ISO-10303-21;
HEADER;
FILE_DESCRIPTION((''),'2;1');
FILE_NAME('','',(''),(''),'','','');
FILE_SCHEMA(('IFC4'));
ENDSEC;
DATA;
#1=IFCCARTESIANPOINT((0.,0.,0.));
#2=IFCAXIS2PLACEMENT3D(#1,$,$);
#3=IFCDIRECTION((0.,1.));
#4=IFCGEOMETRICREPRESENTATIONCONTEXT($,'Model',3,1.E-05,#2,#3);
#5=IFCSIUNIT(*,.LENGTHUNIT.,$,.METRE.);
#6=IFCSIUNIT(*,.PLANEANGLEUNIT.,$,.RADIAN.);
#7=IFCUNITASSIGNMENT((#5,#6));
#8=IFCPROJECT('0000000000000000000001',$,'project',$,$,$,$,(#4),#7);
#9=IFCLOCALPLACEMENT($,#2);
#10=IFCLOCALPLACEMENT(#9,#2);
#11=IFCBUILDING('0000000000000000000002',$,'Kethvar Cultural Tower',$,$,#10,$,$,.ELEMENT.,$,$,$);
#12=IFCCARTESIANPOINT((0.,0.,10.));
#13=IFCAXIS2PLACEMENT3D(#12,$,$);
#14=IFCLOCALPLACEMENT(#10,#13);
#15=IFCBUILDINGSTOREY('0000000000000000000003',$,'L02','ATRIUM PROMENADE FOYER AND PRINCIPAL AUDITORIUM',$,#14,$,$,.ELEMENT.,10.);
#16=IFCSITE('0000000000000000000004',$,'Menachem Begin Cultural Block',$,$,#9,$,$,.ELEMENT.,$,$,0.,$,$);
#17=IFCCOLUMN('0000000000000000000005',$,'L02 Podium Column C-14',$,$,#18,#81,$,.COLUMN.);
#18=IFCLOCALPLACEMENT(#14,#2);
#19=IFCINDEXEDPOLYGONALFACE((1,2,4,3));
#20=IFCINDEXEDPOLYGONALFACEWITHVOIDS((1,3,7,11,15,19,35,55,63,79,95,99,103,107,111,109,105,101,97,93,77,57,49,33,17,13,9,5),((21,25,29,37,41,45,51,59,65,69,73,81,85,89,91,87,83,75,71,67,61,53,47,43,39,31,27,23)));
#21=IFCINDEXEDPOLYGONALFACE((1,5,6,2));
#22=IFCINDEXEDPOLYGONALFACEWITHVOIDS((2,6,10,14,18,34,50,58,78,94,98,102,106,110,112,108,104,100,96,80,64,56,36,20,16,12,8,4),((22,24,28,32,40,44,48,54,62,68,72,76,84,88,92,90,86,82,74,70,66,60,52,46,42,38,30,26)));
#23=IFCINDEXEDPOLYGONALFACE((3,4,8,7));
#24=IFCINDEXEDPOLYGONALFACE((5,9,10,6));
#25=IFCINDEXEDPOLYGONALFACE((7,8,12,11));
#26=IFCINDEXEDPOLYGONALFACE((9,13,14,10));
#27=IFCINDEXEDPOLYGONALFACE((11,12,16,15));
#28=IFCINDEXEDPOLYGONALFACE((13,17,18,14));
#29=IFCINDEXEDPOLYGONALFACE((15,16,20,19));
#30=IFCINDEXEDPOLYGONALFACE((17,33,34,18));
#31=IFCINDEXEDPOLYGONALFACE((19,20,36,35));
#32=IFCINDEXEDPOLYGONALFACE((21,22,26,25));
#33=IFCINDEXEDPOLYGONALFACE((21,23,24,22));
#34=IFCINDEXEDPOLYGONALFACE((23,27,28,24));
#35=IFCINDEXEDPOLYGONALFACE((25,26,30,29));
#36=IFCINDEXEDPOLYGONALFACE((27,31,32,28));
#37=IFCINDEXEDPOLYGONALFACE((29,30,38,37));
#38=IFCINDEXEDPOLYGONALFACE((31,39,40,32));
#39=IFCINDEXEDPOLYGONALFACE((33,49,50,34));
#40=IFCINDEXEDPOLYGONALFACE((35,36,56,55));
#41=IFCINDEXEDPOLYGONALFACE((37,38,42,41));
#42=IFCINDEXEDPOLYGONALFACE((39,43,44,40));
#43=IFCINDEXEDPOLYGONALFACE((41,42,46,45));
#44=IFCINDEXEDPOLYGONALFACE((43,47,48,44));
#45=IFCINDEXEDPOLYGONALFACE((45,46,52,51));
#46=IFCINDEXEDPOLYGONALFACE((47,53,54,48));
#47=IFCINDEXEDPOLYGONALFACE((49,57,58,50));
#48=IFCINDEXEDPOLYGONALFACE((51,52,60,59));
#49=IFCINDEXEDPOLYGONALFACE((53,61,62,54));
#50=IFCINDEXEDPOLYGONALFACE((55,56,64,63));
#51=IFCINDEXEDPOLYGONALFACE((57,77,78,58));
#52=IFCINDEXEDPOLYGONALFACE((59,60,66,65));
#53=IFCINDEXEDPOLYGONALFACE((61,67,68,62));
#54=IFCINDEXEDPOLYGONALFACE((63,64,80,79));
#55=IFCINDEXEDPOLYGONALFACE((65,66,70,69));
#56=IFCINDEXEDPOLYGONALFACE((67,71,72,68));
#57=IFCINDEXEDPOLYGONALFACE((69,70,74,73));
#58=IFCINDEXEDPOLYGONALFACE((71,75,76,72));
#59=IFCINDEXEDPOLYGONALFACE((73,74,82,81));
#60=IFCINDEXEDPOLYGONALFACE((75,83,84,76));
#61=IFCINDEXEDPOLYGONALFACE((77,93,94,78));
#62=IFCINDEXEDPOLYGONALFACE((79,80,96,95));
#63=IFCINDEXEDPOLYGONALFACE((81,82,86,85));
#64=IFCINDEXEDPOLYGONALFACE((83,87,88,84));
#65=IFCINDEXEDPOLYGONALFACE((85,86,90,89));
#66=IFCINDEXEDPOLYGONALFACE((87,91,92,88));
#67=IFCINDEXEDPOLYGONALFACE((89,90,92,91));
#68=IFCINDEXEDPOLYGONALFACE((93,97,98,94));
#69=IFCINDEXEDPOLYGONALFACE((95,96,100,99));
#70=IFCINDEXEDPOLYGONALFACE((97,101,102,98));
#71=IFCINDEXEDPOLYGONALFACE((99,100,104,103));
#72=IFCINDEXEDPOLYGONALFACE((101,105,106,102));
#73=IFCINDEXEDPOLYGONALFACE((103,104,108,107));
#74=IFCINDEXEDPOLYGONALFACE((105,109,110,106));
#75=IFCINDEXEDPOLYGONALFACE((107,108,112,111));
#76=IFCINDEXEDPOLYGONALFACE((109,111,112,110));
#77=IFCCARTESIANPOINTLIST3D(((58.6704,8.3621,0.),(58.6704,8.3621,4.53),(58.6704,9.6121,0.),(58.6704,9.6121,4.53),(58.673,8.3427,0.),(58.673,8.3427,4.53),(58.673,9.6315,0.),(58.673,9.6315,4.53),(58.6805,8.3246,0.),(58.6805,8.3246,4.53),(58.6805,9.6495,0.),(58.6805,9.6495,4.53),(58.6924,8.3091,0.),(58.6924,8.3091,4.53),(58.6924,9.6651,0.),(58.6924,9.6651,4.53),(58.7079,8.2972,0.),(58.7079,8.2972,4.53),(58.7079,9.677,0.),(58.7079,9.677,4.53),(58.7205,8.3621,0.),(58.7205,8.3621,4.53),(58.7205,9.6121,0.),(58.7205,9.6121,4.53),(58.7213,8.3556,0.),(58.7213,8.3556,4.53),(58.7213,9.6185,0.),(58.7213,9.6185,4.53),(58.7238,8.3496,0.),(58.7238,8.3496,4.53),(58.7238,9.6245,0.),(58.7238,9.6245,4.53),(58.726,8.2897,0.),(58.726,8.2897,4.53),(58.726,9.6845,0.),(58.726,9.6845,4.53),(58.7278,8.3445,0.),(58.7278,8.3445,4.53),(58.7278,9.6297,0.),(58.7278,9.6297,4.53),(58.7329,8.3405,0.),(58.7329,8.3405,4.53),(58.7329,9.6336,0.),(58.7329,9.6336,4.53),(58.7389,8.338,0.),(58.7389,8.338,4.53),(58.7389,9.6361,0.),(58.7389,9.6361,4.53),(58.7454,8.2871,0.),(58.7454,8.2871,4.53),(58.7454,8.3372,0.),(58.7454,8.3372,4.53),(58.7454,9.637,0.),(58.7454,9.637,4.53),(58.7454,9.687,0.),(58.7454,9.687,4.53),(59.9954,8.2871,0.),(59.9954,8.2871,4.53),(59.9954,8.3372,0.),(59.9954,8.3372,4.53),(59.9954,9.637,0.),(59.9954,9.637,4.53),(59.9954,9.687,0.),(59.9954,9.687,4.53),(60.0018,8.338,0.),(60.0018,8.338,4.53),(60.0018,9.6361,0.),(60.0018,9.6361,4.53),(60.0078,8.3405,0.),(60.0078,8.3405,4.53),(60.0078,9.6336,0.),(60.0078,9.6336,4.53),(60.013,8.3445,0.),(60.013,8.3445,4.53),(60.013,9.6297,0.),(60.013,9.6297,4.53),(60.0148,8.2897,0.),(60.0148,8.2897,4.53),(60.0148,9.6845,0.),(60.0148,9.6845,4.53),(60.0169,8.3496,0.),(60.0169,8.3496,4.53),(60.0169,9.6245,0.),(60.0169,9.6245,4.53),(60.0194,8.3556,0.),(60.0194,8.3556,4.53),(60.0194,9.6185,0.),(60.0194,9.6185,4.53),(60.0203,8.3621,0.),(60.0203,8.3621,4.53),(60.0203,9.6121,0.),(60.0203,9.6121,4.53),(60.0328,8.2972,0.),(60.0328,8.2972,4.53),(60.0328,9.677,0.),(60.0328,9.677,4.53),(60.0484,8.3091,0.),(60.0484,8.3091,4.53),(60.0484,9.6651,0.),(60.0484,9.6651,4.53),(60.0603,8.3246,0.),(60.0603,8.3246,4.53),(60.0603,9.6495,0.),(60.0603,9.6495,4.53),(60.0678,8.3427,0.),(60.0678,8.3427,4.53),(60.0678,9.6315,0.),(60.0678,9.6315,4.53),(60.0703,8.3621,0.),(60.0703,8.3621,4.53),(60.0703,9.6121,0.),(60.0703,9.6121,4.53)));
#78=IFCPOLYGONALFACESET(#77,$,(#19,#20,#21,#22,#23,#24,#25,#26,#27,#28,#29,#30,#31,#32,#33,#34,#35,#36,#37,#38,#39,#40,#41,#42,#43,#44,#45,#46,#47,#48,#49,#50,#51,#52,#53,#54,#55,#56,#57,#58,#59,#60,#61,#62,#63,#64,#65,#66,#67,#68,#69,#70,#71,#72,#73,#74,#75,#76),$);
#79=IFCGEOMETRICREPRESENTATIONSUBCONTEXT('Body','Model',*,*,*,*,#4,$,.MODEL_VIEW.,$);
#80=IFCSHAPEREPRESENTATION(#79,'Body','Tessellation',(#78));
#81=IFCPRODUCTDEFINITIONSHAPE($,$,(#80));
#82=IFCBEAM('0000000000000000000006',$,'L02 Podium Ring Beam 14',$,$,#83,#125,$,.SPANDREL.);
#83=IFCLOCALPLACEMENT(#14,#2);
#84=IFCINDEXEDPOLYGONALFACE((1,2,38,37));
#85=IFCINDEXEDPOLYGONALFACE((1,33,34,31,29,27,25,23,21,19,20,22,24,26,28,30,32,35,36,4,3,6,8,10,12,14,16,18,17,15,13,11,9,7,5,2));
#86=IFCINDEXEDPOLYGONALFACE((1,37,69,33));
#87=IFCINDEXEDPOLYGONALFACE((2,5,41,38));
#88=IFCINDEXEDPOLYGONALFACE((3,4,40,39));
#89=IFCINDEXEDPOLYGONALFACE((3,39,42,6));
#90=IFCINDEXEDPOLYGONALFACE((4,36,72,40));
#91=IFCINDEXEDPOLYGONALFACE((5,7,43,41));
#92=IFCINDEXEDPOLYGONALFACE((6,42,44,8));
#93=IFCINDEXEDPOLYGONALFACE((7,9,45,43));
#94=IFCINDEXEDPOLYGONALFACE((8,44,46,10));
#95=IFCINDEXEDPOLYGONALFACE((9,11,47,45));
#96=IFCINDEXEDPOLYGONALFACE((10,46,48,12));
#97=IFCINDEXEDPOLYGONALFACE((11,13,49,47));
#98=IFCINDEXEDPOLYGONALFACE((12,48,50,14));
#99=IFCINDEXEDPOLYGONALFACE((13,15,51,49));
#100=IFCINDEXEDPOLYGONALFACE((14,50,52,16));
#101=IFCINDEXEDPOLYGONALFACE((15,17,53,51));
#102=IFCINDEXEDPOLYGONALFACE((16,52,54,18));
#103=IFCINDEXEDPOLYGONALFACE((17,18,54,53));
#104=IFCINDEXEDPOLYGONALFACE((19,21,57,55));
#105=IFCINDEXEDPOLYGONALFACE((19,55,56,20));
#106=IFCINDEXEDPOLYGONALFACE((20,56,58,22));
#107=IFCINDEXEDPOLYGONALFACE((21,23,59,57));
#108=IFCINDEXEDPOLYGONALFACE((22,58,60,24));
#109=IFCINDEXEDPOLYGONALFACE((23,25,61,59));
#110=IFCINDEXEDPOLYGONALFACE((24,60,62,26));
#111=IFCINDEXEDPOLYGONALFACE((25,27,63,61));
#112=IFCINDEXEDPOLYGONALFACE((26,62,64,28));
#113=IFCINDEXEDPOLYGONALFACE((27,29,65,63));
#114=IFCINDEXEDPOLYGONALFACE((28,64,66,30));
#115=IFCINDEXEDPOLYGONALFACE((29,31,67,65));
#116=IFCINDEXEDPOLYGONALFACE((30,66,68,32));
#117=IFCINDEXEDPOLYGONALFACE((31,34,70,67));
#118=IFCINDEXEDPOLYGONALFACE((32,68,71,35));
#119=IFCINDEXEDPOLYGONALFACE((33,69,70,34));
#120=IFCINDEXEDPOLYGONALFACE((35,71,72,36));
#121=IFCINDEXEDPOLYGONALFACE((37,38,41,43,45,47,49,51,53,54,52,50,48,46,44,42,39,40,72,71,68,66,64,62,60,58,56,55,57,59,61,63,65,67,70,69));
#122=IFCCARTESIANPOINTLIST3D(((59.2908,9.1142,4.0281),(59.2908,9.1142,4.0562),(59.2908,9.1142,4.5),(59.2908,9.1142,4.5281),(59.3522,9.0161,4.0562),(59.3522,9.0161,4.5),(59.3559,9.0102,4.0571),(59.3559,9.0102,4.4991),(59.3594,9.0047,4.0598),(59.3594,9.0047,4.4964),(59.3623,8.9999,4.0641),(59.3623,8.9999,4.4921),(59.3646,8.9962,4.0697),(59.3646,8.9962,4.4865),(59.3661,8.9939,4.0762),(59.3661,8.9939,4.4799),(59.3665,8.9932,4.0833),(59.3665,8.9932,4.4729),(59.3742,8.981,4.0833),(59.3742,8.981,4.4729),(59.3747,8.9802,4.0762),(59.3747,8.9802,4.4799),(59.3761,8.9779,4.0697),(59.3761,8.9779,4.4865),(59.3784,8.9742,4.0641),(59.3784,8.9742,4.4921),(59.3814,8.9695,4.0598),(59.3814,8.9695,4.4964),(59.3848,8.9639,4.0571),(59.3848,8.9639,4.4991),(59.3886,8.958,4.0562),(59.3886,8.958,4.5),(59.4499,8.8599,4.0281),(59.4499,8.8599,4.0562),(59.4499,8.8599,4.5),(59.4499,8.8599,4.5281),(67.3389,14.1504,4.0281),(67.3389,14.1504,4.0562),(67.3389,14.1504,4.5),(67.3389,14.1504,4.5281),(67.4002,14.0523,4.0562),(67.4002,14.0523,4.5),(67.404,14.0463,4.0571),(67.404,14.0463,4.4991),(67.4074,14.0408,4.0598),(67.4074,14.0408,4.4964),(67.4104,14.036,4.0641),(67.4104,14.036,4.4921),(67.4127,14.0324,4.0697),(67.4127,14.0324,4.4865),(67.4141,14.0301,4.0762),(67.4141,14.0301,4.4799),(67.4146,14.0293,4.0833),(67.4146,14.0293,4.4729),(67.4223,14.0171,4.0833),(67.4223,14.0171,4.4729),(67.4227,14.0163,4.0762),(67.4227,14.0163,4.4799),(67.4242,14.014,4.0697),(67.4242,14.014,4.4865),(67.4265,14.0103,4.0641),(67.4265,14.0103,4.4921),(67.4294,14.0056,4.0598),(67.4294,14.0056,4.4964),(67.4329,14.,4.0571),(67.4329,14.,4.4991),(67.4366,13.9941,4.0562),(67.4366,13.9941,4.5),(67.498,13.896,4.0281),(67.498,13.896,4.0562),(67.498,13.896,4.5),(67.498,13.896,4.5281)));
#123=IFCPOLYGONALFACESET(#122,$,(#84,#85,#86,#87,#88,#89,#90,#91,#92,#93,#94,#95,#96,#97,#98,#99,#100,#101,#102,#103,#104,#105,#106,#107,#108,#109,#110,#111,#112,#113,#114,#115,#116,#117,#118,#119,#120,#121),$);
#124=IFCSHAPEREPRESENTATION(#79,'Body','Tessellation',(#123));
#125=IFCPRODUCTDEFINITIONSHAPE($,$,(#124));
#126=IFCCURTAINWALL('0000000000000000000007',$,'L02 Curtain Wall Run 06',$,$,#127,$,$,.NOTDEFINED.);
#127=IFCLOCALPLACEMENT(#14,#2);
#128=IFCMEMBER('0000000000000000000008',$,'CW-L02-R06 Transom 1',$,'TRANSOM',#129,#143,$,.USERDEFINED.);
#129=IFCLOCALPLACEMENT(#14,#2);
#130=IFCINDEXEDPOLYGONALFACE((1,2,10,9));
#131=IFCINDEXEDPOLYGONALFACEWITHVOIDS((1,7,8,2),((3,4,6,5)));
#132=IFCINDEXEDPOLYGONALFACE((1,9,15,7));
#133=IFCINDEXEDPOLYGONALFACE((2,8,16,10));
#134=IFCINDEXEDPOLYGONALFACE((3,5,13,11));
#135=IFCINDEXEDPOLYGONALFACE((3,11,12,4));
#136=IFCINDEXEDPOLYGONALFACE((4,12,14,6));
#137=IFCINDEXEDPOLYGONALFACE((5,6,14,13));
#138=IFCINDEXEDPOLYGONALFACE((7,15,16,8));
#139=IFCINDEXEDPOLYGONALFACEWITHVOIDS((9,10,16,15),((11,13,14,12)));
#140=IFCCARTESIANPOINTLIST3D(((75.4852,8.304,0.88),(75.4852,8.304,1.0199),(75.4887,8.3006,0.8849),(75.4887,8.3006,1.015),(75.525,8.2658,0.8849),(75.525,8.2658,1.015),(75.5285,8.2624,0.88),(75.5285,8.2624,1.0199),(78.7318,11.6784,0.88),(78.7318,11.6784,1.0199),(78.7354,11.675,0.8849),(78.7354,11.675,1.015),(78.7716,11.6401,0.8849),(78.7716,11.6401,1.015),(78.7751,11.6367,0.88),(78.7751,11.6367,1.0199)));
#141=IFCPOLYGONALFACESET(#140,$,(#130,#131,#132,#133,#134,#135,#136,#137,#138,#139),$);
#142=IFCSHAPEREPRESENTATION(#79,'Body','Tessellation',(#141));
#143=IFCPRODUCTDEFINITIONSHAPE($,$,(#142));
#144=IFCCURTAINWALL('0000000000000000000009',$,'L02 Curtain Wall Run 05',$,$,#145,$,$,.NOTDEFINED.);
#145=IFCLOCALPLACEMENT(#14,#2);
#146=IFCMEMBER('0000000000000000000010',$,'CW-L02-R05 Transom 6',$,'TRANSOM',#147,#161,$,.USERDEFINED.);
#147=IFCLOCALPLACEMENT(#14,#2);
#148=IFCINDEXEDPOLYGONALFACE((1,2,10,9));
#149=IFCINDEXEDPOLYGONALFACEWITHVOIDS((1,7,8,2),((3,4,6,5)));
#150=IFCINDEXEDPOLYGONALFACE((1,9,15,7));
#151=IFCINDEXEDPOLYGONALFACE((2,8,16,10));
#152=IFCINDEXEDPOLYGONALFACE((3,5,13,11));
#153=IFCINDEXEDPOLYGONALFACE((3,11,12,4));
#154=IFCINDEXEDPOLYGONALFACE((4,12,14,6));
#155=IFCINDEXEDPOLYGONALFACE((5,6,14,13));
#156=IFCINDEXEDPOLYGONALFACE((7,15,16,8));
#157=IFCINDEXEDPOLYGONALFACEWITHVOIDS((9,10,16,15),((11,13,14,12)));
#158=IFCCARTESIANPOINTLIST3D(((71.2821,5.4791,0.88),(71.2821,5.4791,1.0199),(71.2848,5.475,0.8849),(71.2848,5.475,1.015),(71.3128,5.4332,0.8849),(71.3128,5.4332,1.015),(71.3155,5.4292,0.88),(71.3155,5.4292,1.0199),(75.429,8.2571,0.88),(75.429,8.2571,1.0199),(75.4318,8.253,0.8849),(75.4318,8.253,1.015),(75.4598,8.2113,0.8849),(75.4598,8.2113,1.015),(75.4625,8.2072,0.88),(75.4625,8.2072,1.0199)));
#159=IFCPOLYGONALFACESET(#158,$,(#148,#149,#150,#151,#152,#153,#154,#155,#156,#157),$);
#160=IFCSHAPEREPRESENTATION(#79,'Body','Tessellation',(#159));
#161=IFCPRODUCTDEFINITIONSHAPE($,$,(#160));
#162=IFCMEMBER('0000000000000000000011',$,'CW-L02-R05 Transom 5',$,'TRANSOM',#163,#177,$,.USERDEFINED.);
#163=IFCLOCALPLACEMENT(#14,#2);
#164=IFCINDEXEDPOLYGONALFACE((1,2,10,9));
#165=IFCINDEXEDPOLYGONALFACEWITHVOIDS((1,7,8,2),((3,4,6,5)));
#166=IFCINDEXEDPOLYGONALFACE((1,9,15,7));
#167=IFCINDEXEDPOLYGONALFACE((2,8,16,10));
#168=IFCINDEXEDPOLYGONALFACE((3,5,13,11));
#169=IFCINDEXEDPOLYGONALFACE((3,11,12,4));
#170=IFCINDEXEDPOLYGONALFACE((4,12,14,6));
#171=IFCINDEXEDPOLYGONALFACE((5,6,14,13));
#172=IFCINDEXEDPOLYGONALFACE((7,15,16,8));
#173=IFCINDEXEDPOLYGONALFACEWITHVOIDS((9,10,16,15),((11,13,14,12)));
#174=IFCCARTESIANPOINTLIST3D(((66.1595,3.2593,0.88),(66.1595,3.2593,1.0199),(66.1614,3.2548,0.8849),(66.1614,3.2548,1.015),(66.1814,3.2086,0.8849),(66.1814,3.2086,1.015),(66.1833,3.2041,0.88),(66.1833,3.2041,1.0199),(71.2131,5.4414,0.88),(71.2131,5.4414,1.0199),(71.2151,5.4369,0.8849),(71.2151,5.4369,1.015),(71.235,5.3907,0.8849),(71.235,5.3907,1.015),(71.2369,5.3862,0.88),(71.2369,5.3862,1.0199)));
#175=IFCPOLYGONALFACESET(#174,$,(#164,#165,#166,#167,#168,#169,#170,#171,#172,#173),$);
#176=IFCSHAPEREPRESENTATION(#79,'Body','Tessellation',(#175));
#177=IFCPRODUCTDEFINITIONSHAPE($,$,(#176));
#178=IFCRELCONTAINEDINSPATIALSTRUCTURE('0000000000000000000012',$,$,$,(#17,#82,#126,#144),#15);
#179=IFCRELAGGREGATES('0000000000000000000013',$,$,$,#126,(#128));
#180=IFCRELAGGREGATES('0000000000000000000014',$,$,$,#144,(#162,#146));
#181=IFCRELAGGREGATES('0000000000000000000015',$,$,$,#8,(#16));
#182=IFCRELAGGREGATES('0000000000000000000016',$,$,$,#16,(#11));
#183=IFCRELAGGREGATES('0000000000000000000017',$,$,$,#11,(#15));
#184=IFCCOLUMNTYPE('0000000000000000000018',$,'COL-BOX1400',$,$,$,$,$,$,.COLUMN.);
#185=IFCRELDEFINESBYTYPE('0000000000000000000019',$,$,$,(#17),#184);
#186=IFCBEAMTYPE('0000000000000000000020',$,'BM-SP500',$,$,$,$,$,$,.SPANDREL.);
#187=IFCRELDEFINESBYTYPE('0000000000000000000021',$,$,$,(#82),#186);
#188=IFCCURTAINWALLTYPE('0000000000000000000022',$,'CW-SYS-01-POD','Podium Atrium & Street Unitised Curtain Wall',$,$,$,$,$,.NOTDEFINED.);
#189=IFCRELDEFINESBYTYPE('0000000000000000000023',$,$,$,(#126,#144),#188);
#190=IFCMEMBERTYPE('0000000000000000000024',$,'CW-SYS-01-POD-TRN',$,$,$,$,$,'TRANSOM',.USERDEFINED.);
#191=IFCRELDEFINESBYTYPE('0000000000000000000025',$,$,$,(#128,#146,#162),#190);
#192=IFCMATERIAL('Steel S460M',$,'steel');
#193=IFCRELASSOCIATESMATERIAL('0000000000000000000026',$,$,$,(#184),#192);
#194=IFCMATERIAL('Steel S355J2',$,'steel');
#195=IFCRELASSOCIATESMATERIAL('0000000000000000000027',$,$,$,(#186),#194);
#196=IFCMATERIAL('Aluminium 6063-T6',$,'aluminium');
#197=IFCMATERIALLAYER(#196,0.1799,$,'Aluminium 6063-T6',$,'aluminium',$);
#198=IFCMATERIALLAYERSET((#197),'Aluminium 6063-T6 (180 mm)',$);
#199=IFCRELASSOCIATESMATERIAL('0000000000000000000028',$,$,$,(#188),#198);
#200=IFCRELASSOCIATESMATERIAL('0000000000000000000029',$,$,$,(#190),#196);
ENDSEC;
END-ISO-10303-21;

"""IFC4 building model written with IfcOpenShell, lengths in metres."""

from ifc_helpers import new_model, si_unit, direction, frame, origin, origin_2d, place, context, subcontext, project, spatial, hollow_rectangle, i_section, extrude, source, transform, mapped, material, layer, layer_set, material_profile, profile_set, type_object, element, aggregate, save


model = new_model("IFC4")

# Units and contexts
model_context = context("Model", 3, precision=1e-05, world=origin(), true_north=direction((0.0, 1.0)))
body_context = subcontext(model_context, "Body", "Model", "MODEL_VIEW")
ifc_project = project(units=[si_unit("LENGTHUNIT", "METRE"), si_unit("PLANEANGLEUNIT", "RADIAN")], contexts=[model_context])

# Site, building, storey
site_placement = place(None, origin())
site = spatial("IfcSite", under=ifc_project, at=site_placement, Name="Menachem Begin Cultural Block", CompositionType="ELEMENT", RefElevation=0.0)
building_placement = place(site_placement, origin())
building = spatial("IfcBuilding", under=site, at=building_placement, Name="Kethvar Cultural Tower", CompositionType="ELEMENT")
storey_placement = place(building_placement, frame((0.0, 0.0, 10.0)))
storey = spatial("IfcBuildingStorey", under=building, at=storey_placement, Name="L02", Description="ATRIUM PROMENADE FOYER AND PRINCIPAL AUDITORIUM", CompositionType="ELEMENT", Elevation=10.0)

# Column
ifc_material_1 = material(Name="Steel S460M", Category="steel")
ifc_material_profile_1 = material_profile(ifc_material_1, hollow_rectangle(XDim=1.3999, YDim=1.3999, WallThickness=0.05, InnerFilletRadius=0.0249, OuterFilletRadius=0.075, at=origin_2d()), Name="Steel S460M — BOX1400x1400x50")
ifc_profile_set_1 = profile_set([ifc_material_profile_1], Name="Steel S460M — BOX1400x1400x50")
column_type = type_object("IfcColumnType", Name="COL-BOX1400", PredefinedType="COLUMN", material=ifc_profile_set_1)
shared_shape_1 = source(origin(), body_context, "Body", "SweptSolid", [
    extrude(hollow_rectangle(XDim=1.3999, YDim=1.3999, WallThickness=0.05, InnerFilletRadius=0.0249, OuterFilletRadius=0.075, at=origin_2d()), origin(), (0.0, 0.0, 1.0), 4.53),
])
column_placement = place(storey_placement, frame((59.3704, 8.9871, 0.0), z_axis=(0.0, 0.0, 1.0), x_axis=(1.0, 0.0, 0.0)))
element("IfcColumn", 1, at=column_placement, inside=storey, type_object=column_type, Name="L02 Podium Column C-14", PredefinedType="COLUMN", context=body_context, shape_type="MappedRepresentation", body=[
    mapped(shared_shape_1, transform((0.0, 0.0, 0.0), scale=1.0)),
])

# Beam
ifc_material_2 = material(Name="Steel S355J2", Category="steel")
ifc_material_profile_2 = material_profile(ifc_material_2, i_section(OverallWidth=0.3, OverallDepth=0.5, WebThickness=0.0144, FlangeThickness=0.0281, FilletRadius=0.0271, at=origin_2d()), Name="Steel S355J2 — HEB500")
ifc_profile_set_2 = profile_set([ifc_material_profile_2], Name="Steel S355J2 — HEB500")
beam_type = type_object("IfcBeamType", Name="BM-SP500", PredefinedType="SPANDREL", material=ifc_profile_set_2)
shared_shape_2 = source(origin(), body_context, "Body", "SweptSolid", [
    extrude(i_section(OverallWidth=0.3, OverallDepth=0.5, WebThickness=0.0144, FlangeThickness=0.0281, FilletRadius=0.0271, at=origin_2d()), origin(), (0.0, 0.0, 1.0), 9.4939),
])
beam_placement = place(storey_placement, frame((59.3704, 8.9871, 4.2781), z_axis=(0.847711, 0.530459, 0.0), x_axis=(-0.530459, 0.847711, 0.0)))
element("IfcBeam", 2, at=beam_placement, inside=storey, type_object=beam_type, Name="L02 Podium Ring Beam 14", PredefinedType="SPANDREL", context=body_context, shape_type="MappedRepresentation", body=[
    mapped(shared_shape_2, transform((0.0, 0.0, 0.0), scale=1.0)),
])

# Curtain wall, member
ifc_material_3 = material(Name="Aluminium 6063-T6", Category="aluminium")
ifc_layer_1 = layer(ifc_material_3, 0.1799, Name="Aluminium 6063-T6", Category="aluminium")
ifc_layer_set_1 = layer_set([ifc_layer_1], Name="Aluminium 6063-T6 (180 mm)")
curtain_wall_type = type_object("IfcCurtainWallType", Name="CW-SYS-01-POD", Description="Podium Atrium & Street Unitised Curtain Wall", PredefinedType="NOTDEFINED", material=ifc_layer_set_1)
curtain_wall_1_placement = place(storey_placement, origin())
curtain_wall_1 = element("IfcCurtainWall", 3, at=curtain_wall_1_placement, inside=storey, type_object=curtain_wall_type, Name="L02 Curtain Wall Run 06", PredefinedType="NOTDEFINED")
ifc_material_profile_3 = material_profile(ifc_material_3, hollow_rectangle(XDim=0.0601, YDim=0.1399, WallThickness=0.0049, at=origin_2d()), Name="Aluminium 6063-T6 — RHS140x60x5")
ifc_profile_set_3 = profile_set([ifc_material_profile_3], Name="Aluminium 6063-T6 — RHS140x60x5")
member_type_1 = type_object("IfcMemberType", Name="CW-SYS-01-POD-TRN", ElementType="TRANSOM", PredefinedType="USERDEFINED", material=ifc_profile_set_3)
shared_shape_3 = source(origin(), body_context, "Body", "SweptSolid", [
    extrude(hollow_rectangle(XDim=0.0601, YDim=0.1399, WallThickness=0.0049, at=origin_2d()), origin(), (0.0, 0.0, 1.0), 4.6826),
])
member_1_placement = place(storey_placement, frame((75.5068, 8.2832, 0.95), z_axis=(0.693341, 0.72061, 0.0), x_axis=(-0.72061, 0.693341, 0.0)))
member_1 = element("IfcMember", 4, at=member_1_placement, type_object=member_type_1, Name="CW-L02-R06 Transom 1", ObjectType="TRANSOM", PredefinedType="USERDEFINED", context=body_context, shape_type="MappedRepresentation", body=[
    mapped(shared_shape_3, transform((0.0, 0.0, 0.0), scale=1.0)),
])

# Curtain wall, members
curtain_wall_2_placement = place(storey_placement, origin())
curtain_wall_2 = element("IfcCurtainWall", 5, at=curtain_wall_2_placement, inside=storey, type_object=curtain_wall_type, Name="L02 Curtain Wall Run 05", PredefinedType="NOTDEFINED")
shared_shape_4 = source(origin(), body_context, "Body", "SweptSolid", [
    extrude(hollow_rectangle(XDim=0.0601, YDim=0.1399, WallThickness=0.0049, at=origin_2d()), origin(), (0.0, 0.0, 1.0), 4.9915),
])
member_2_placement = place(storey_placement, frame((71.2988, 5.4541, 0.95), z_axis=(0.830807, 0.556561, 0.0), x_axis=(-0.556561, 0.830807, 0.0)))
member_2 = element("IfcMember", 6, at=member_2_placement, type_object=member_type_1, Name="CW-L02-R05 Transom 6", ObjectType="TRANSOM", PredefinedType="USERDEFINED", context=body_context, shape_type="MappedRepresentation", body=[
    mapped(shared_shape_4, transform((0.0, 0.0, 0.0), scale=1.0)),
])
shared_shape_5 = source(origin(), body_context, "Body", "SweptSolid", [
    extrude(hollow_rectangle(XDim=0.0601, YDim=0.1399, WallThickness=0.0049, at=origin_2d()), origin(), (0.0, 0.0, 1.0), 5.5046),
])
member_3_placement = place(storey_placement, frame((66.1714, 3.2317, 0.95), z_axis=(0.918073, 0.396412, 0.0), x_axis=(-0.396412, 0.918073, 0.0)))
member_3 = element("IfcMember", 7, at=member_3_placement, type_object=member_type_1, Name="CW-L02-R05 Transom 5", ObjectType="TRANSOM", PredefinedType="USERDEFINED", context=body_context, shape_type="MappedRepresentation", body=[
    mapped(shared_shape_5, transform((0.0, 0.0, 0.0), scale=1.0)),
])

aggregate(curtain_wall_1, [member_1])
aggregate(curtain_wall_2, [member_3, member_2])

save(model, "model.ifc")
